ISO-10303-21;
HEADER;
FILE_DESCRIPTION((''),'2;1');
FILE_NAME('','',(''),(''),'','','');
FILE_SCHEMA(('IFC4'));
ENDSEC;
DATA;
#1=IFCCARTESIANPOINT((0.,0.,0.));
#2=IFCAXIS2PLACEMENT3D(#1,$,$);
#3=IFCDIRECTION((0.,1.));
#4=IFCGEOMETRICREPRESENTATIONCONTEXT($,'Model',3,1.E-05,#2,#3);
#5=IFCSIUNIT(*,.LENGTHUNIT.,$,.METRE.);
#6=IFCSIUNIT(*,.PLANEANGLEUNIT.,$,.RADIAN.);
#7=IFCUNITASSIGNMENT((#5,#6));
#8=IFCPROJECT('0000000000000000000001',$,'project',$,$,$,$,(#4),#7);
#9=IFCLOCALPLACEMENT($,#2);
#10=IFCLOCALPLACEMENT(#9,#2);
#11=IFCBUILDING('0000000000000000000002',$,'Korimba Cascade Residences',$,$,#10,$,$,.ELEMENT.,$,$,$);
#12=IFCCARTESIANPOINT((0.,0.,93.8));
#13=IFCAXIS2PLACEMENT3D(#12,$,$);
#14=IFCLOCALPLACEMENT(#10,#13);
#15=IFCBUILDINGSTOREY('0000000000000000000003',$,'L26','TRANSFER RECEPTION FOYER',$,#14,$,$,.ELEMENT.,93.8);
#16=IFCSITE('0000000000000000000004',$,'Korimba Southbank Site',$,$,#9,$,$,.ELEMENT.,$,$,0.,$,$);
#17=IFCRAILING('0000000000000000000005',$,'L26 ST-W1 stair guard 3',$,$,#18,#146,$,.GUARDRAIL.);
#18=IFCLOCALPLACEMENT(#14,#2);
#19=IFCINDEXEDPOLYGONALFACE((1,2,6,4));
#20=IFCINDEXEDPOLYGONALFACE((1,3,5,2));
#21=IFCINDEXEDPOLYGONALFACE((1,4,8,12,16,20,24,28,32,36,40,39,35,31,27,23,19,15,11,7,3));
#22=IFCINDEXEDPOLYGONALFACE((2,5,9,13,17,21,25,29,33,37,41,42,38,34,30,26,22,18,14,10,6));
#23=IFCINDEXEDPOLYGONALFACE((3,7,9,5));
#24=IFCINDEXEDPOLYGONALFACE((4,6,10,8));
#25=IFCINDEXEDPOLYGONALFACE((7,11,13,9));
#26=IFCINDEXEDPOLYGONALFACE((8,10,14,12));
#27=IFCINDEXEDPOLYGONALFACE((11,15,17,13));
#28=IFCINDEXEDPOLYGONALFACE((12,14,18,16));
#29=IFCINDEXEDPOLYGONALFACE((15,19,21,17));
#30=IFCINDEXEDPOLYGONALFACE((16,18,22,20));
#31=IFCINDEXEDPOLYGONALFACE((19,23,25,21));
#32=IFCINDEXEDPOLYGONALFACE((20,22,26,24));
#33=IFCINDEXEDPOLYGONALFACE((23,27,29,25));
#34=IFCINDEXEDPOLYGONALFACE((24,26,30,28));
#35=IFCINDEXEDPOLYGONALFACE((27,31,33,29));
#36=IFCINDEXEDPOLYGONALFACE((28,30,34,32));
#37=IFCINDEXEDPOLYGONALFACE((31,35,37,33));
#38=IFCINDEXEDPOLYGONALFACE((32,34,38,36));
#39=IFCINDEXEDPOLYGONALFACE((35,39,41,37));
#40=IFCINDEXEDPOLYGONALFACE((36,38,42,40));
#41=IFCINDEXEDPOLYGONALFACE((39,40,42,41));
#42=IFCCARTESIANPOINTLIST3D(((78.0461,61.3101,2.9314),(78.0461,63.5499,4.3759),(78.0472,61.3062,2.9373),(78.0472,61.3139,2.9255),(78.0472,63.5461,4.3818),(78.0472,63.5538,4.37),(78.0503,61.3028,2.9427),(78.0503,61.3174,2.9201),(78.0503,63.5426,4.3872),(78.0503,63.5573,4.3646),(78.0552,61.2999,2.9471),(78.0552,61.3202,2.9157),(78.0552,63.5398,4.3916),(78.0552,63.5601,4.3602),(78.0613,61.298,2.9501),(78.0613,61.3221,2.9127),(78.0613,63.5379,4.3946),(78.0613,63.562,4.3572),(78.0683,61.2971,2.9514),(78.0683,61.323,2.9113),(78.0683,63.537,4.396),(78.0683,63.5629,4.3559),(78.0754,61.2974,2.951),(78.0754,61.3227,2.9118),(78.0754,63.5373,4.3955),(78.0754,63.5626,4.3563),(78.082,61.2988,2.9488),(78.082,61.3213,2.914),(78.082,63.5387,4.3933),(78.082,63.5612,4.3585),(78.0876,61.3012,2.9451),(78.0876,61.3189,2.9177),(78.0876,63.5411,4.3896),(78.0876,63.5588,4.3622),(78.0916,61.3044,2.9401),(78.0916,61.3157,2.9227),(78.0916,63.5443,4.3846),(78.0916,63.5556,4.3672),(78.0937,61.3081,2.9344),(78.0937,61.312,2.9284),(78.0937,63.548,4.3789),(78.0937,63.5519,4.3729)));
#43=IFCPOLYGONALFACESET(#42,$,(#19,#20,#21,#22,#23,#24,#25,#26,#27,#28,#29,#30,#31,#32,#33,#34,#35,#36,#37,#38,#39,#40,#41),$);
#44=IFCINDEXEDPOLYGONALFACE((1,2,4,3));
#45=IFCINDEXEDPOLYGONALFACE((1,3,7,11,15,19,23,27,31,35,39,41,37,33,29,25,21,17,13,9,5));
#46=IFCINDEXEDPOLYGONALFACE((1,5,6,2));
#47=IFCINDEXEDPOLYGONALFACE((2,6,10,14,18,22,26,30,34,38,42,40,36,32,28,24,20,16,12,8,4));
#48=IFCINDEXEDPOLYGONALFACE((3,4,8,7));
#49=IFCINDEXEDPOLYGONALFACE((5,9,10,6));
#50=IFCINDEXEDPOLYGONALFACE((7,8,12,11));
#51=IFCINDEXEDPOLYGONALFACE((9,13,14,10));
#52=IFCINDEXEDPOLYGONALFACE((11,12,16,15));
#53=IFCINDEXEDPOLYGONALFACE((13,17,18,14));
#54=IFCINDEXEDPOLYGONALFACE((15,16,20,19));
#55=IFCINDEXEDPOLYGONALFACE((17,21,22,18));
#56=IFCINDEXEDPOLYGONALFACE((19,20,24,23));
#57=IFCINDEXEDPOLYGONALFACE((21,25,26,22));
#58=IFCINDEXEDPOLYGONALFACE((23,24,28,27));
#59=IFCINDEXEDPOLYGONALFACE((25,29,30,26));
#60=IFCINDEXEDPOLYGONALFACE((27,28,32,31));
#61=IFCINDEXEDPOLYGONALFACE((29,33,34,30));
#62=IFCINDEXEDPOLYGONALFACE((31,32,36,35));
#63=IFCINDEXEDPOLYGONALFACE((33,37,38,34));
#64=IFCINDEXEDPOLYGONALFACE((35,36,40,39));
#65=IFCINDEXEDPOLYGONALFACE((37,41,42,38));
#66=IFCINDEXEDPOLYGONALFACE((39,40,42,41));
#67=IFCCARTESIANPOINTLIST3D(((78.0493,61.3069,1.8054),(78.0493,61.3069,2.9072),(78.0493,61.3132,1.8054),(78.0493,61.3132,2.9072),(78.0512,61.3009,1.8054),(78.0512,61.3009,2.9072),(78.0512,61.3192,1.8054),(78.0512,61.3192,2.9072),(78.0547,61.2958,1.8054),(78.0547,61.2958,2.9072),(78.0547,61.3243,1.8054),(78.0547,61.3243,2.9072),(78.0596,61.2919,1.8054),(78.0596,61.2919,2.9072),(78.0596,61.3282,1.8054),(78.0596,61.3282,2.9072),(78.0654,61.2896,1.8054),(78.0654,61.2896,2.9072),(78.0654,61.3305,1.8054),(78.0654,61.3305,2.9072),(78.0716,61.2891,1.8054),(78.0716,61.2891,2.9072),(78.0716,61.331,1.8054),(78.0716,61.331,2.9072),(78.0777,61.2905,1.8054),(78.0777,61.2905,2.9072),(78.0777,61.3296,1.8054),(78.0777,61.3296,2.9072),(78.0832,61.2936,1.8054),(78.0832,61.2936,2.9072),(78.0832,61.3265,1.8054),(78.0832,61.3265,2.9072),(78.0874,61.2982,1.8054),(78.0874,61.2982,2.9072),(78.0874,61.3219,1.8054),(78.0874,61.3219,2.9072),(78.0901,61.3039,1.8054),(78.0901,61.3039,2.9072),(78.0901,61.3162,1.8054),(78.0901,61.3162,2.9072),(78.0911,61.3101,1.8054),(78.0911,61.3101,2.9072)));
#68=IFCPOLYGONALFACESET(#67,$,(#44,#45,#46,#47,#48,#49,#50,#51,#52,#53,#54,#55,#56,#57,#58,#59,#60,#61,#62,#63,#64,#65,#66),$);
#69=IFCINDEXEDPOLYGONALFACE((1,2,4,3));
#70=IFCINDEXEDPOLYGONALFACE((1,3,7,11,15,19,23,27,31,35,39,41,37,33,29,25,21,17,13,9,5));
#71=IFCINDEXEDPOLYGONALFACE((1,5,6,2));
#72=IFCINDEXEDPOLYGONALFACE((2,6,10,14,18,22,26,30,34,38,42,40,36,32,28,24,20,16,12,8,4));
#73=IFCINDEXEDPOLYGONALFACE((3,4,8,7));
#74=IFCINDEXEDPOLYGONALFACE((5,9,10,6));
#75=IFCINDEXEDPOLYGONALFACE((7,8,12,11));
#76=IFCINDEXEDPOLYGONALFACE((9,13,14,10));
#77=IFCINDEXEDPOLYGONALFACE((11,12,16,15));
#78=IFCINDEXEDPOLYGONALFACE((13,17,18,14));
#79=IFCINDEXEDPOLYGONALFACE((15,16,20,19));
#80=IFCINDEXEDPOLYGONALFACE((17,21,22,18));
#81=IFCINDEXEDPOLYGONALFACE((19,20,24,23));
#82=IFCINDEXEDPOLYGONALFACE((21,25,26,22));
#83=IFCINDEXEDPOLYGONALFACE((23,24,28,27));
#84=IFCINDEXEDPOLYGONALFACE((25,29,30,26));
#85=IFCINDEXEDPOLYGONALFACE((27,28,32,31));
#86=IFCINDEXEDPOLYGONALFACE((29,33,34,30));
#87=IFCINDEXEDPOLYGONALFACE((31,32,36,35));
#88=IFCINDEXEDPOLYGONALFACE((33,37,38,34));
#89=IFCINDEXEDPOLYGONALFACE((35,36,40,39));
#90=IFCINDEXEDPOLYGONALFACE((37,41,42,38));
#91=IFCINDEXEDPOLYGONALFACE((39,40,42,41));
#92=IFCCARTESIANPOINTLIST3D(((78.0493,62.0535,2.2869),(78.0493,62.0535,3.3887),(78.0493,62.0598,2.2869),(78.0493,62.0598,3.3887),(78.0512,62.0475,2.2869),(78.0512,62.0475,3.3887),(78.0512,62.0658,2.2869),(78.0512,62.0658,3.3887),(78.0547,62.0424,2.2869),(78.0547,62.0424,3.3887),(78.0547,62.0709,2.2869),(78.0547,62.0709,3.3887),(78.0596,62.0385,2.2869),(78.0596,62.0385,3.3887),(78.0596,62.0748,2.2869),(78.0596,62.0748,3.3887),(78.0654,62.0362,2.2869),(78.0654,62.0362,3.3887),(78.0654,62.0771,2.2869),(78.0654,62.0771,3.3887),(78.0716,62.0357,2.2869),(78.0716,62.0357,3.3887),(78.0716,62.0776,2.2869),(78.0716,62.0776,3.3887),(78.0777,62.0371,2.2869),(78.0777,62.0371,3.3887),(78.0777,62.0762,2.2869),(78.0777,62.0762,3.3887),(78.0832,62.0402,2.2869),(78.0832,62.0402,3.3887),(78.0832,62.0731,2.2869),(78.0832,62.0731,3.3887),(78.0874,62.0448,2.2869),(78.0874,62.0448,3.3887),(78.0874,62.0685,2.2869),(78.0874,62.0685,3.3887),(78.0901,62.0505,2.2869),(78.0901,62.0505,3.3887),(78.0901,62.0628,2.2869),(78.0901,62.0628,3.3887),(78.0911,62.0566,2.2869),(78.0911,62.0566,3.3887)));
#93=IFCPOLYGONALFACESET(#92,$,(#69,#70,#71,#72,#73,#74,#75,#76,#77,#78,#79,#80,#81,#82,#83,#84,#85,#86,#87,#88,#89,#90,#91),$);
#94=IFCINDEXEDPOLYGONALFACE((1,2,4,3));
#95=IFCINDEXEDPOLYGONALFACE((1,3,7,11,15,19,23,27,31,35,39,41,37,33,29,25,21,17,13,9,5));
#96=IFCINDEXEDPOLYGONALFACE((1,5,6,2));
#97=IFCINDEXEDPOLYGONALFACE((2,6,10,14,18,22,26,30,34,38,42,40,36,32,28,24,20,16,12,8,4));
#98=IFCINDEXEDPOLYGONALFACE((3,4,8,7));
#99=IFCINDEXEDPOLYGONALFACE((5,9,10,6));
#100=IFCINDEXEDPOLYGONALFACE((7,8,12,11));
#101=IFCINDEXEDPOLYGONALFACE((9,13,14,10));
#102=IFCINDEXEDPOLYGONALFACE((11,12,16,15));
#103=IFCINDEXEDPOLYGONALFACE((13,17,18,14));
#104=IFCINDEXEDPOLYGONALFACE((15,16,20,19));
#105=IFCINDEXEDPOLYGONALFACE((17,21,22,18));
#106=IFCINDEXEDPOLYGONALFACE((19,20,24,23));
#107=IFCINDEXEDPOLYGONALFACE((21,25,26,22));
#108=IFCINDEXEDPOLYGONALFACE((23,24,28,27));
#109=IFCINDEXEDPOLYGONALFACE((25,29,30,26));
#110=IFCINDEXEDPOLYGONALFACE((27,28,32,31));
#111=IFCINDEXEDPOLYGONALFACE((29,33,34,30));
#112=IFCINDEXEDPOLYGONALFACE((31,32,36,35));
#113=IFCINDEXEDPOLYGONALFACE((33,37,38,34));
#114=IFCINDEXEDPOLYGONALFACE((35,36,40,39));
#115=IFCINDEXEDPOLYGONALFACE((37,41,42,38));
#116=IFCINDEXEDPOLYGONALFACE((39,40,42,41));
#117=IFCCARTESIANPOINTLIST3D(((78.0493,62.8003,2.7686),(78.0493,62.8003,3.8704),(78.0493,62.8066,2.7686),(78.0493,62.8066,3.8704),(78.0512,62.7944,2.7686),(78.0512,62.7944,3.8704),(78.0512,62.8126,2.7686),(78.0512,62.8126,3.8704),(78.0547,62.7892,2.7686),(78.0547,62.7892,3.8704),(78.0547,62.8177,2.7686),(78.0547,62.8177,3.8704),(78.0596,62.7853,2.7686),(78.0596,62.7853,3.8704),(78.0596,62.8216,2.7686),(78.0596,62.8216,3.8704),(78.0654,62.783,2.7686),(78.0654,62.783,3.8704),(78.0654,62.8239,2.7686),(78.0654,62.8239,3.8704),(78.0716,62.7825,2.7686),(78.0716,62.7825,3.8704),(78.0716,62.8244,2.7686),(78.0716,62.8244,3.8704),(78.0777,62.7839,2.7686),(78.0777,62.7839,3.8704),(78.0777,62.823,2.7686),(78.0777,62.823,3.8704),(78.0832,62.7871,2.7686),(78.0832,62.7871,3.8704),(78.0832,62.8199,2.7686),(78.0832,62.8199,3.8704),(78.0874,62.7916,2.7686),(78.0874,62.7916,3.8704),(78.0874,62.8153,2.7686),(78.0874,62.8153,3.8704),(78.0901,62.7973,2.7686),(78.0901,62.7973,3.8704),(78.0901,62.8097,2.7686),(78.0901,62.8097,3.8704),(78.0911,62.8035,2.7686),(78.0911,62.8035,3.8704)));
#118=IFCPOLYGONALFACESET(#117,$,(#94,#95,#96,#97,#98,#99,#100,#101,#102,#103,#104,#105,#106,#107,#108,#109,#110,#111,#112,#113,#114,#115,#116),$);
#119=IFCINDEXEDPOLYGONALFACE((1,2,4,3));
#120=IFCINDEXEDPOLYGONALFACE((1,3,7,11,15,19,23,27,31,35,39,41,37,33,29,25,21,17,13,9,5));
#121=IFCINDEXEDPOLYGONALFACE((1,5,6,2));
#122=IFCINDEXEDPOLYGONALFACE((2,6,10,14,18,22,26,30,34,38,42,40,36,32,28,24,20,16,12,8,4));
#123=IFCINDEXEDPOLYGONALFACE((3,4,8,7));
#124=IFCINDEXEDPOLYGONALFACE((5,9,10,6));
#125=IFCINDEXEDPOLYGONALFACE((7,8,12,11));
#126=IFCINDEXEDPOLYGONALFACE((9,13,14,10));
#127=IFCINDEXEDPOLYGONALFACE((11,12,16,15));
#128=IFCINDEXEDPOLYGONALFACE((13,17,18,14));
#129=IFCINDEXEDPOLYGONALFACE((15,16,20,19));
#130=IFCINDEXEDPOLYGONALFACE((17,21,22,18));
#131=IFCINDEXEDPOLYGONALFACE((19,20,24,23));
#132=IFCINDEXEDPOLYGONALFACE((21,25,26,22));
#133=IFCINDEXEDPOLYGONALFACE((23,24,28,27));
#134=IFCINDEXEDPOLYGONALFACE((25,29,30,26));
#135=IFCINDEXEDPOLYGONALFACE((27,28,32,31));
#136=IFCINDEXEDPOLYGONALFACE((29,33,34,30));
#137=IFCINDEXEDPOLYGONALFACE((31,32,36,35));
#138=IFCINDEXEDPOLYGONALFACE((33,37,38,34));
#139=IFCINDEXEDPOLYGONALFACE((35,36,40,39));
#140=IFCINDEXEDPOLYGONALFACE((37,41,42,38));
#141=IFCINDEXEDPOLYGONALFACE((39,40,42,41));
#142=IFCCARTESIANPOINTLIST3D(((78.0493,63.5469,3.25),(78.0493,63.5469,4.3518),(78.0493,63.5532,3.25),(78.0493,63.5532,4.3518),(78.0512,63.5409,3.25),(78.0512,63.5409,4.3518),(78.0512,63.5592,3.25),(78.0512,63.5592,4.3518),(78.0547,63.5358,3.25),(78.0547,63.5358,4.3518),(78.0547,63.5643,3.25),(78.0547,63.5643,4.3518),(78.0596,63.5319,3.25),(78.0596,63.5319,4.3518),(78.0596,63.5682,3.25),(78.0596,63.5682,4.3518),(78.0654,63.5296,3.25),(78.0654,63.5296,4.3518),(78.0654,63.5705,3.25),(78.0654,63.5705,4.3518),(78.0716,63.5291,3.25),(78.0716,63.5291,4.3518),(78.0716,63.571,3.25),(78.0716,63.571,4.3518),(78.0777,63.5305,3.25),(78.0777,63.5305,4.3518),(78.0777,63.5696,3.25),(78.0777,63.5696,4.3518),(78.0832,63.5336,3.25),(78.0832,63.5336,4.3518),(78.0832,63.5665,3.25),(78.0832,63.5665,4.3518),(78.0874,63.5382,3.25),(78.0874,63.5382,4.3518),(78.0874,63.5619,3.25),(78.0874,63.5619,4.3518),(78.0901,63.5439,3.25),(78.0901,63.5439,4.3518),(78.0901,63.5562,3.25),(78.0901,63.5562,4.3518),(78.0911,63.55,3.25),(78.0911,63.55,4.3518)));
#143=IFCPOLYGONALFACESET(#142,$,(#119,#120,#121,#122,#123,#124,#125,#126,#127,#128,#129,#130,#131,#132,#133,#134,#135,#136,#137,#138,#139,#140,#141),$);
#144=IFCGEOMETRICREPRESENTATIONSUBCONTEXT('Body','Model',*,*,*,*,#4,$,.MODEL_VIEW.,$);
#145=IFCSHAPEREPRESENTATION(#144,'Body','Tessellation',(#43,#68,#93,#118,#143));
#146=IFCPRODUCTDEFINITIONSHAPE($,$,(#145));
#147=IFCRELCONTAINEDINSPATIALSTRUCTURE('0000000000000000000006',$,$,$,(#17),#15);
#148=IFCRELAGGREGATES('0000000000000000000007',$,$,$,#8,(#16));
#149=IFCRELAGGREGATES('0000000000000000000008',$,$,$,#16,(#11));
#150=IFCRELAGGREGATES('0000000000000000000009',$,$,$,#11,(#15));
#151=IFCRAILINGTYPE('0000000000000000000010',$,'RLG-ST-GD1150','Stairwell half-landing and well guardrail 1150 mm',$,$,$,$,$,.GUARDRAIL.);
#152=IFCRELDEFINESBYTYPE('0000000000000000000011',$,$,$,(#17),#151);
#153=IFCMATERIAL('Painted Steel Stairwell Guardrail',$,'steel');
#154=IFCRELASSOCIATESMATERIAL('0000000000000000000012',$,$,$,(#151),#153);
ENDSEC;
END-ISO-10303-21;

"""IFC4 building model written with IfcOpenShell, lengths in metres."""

from ifc_helpers import new_model, si_unit, direction, frame, origin, origin_2d, place, context, subcontext, project, spatial, circle, extrude, material, type_object, element, save


model = new_model("IFC4")

# Units and contexts
model_context = context("Model", 3, precision=1e-05, world=origin(), true_north=direction((0.0, 1.0)))
body_context = subcontext(model_context, "Body", "Model", "MODEL_VIEW")
ifc_project = project(units=[si_unit("LENGTHUNIT", "METRE"), si_unit("PLANEANGLEUNIT", "RADIAN")], contexts=[model_context])

# Site, building, storey
site_placement = place(None, origin())
site = spatial("IfcSite", under=ifc_project, at=site_placement, Name="Korimba Southbank Site", CompositionType="ELEMENT", RefElevation=0.0)
building_placement = place(site_placement, origin())
building = spatial("IfcBuilding", under=site, at=building_placement, Name="Korimba Cascade Residences", CompositionType="ELEMENT")
storey_placement = place(building_placement, frame((0.0, 0.0, 93.8)))
storey = spatial("IfcBuildingStorey", under=building, at=storey_placement, Name="L26", Description="TRANSFER RECEPTION FOYER", CompositionType="ELEMENT", Elevation=93.8)

# Railing
ifc_material_1 = material(Name="Painted Steel Stairwell Guardrail", Category="steel")
railing_type_1 = type_object("IfcRailingType", Name="RLG-ST-GD1150", Description="Stairwell half-landing and well guardrail 1150 mm", PredefinedType="GUARDRAIL", material=ifc_material_1)
railing_1_placement = place(storey_placement, frame((78.0701, 61.3101, 1.8054)))
element("IfcRailing", 1, at=railing_1_placement, inside=storey, type_object=railing_type_1, Name="L26 ST-W1 stair guard 3", PredefinedType="GUARDRAIL", context=body_context, shape_type="SweptSolid", body=[
    extrude(circle(Radius=0.0239, at=origin_2d()), frame((0.0, 0.0, 1.126), z_axis=(0.0, 0.840395, 0.541975), x_axis=(-1.0, 0.0, 0.0)), (0.0, 0.0, 1.0), 2.6653),
    extrude(circle(Radius=0.021, at=origin_2d()), origin(), (0.0, 0.0, 1.0), 1.1018),
    extrude(circle(Radius=0.021, at=origin_2d()), frame((0.0, 0.7466, 0.4814)), (0.0, 0.0, 1.0), 1.1018),
    extrude(circle(Radius=0.021, at=origin_2d()), frame((0.0, 1.4934, 0.9631)), (0.0, 0.0, 1.0), 1.1018),
    extrude(circle(Radius=0.021, at=origin_2d()), frame((0.0, 2.24, 1.4446)), (0.0, 0.0, 1.0), 1.1018),
])

save(model, "model.ifc")
